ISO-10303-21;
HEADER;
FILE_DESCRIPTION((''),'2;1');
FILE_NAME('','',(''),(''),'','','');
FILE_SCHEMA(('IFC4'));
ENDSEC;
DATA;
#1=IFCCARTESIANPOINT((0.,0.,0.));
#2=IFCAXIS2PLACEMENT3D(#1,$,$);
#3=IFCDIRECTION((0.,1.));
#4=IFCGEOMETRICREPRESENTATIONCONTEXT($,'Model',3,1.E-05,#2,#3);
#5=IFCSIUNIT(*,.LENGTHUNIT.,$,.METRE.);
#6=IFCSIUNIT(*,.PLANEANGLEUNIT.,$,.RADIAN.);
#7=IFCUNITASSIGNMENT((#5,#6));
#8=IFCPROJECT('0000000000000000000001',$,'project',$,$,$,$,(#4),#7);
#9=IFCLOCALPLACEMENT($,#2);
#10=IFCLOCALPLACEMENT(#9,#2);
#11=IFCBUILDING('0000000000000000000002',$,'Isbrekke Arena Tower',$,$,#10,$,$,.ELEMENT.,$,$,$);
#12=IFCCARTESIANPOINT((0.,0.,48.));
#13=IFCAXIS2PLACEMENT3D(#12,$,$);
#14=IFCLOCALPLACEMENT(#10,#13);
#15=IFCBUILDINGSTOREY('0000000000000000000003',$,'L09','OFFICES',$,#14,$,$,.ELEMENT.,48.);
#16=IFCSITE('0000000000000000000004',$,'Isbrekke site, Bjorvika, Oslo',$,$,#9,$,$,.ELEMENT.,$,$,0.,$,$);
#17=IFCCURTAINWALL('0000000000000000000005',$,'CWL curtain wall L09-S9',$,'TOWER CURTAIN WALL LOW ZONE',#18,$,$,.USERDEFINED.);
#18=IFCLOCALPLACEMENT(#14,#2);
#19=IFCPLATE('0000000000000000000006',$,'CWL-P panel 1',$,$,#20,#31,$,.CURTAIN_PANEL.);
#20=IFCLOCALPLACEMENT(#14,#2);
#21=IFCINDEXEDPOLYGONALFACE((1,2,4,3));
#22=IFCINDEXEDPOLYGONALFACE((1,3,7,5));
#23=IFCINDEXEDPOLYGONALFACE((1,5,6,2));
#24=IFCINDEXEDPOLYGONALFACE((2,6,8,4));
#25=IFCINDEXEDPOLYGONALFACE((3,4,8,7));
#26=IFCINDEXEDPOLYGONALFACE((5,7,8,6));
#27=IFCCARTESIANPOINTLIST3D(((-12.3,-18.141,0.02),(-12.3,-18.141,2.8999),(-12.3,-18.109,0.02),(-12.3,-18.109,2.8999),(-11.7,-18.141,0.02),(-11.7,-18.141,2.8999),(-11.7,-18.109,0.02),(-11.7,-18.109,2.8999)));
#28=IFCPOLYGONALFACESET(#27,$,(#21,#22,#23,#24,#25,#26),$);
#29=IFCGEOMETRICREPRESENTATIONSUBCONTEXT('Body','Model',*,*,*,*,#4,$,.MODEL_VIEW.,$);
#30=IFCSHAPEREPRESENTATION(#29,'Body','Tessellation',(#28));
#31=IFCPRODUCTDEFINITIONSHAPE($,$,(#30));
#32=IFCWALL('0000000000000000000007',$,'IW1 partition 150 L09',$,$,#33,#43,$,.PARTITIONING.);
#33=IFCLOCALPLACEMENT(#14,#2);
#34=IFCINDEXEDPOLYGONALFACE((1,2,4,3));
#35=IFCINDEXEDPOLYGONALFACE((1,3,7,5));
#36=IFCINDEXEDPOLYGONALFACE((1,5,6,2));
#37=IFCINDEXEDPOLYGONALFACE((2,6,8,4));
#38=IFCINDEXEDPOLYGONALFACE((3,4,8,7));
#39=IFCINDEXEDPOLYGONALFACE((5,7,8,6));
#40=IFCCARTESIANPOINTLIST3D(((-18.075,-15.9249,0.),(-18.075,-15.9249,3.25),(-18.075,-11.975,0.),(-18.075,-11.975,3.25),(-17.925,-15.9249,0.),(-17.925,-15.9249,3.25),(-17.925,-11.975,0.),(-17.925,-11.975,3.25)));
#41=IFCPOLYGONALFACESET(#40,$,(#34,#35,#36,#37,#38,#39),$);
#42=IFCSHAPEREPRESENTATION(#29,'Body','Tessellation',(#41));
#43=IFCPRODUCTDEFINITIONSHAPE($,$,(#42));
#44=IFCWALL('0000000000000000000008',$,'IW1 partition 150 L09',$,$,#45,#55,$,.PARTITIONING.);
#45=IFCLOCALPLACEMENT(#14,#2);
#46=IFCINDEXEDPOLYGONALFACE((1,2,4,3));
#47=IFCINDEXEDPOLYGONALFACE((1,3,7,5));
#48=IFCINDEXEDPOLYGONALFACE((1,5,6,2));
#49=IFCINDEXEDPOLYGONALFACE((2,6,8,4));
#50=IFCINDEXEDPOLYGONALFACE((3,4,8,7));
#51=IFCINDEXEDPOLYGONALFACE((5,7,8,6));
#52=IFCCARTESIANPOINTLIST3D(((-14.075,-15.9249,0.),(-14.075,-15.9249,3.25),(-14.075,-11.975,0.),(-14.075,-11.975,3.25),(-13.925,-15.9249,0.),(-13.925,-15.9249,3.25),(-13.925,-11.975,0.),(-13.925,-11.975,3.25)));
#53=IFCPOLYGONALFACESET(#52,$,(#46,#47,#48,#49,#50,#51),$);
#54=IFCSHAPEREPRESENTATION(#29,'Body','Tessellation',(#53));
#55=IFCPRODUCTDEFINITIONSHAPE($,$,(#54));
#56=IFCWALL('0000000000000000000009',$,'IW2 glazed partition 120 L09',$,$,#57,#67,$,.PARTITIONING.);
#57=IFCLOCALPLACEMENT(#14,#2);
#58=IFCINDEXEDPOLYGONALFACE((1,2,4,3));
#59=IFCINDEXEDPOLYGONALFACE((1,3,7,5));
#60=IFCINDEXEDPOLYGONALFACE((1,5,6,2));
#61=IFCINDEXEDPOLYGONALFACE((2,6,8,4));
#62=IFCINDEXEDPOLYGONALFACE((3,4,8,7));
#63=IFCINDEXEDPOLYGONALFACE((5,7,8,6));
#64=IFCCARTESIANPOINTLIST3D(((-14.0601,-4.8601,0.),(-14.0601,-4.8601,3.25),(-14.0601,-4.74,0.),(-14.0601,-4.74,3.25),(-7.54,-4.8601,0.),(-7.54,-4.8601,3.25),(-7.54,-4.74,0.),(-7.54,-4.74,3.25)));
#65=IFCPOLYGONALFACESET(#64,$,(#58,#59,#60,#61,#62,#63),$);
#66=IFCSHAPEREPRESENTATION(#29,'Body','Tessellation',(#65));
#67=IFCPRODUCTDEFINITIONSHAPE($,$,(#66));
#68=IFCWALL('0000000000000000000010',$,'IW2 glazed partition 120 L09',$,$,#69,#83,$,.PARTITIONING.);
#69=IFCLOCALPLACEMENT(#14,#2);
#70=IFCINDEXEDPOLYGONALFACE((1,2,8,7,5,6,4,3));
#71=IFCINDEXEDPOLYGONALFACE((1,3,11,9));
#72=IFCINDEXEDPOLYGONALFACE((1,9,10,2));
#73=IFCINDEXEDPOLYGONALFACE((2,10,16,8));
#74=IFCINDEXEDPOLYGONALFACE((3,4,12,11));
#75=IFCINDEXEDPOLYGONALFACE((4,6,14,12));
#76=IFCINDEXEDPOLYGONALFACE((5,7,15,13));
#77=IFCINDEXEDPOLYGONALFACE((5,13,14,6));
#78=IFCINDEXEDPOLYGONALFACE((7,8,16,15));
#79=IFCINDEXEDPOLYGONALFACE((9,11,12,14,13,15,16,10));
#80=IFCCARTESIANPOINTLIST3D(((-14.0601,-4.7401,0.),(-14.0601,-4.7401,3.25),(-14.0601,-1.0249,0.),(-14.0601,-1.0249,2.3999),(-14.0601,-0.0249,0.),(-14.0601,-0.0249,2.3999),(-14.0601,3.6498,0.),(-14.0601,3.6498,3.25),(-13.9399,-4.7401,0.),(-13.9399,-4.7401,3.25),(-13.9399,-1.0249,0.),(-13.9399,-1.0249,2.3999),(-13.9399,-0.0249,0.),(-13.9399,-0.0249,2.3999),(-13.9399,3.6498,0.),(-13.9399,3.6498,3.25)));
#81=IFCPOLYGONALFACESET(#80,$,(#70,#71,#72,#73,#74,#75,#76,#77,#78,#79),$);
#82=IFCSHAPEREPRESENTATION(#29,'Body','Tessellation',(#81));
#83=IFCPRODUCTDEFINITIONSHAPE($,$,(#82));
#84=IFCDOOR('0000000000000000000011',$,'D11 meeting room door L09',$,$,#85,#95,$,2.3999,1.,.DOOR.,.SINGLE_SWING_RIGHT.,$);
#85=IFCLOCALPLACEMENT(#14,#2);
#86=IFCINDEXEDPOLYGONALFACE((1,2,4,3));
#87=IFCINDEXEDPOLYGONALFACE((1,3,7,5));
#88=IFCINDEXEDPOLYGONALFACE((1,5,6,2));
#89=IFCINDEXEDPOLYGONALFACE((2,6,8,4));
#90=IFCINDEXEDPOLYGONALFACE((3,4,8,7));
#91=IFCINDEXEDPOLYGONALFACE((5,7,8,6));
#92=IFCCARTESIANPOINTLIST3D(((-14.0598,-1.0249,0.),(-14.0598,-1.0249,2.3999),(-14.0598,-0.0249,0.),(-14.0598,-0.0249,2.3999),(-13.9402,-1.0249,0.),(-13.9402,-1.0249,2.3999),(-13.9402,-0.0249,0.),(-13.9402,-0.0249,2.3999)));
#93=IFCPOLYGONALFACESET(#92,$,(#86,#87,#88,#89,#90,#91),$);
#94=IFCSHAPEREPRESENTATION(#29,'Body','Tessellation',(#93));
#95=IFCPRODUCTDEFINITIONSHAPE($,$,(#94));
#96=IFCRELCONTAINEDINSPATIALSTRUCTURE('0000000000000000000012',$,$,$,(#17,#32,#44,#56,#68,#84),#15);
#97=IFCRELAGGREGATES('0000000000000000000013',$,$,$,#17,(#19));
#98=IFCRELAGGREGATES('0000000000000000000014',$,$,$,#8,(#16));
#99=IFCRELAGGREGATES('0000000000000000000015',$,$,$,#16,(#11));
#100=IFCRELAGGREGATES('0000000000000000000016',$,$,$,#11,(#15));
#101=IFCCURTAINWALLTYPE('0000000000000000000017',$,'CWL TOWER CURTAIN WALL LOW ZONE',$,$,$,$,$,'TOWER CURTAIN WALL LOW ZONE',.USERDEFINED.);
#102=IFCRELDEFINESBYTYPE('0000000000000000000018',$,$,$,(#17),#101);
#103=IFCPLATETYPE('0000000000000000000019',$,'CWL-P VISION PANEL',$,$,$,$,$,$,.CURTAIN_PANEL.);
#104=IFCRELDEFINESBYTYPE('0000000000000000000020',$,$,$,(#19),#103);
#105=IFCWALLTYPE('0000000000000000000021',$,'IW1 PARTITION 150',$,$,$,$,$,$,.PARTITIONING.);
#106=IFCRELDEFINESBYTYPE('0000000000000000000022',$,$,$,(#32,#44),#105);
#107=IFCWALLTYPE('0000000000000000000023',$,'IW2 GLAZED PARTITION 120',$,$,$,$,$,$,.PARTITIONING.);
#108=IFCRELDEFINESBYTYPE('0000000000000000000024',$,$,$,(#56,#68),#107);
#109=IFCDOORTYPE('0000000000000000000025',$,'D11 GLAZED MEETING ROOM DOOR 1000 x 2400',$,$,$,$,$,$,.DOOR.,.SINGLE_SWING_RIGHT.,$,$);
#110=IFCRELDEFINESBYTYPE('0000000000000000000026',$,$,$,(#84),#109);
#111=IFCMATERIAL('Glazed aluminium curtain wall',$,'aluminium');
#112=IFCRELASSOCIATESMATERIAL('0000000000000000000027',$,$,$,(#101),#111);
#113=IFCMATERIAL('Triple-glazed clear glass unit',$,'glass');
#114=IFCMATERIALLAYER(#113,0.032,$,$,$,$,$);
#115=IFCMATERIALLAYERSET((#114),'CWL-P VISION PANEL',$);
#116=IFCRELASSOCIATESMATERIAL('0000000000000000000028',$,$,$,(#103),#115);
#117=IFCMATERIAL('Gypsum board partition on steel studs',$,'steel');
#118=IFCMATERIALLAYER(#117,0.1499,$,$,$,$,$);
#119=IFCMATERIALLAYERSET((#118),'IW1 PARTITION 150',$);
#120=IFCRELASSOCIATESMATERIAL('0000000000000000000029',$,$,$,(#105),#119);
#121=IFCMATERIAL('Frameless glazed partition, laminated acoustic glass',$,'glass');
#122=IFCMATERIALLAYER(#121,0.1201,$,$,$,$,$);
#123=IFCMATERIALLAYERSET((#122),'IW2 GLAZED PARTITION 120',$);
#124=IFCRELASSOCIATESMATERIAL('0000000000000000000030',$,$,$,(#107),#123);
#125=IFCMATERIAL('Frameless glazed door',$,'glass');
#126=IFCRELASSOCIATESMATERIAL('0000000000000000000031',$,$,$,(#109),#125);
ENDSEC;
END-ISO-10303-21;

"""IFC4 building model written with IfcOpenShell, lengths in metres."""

from ifc_helpers import new_model, si_unit, direction, frame, frame_2d, origin, origin_2d, place, context, subcontext, project, spatial, rectangle, extrude, material, layer, layer_set, type_object, element, fill, aggregate, save


model = new_model("IFC4")

# Units and contexts
model_context = context("Model", 3, precision=1e-05, world=origin(), true_north=direction((0.0, 1.0)))
body_context = subcontext(model_context, "Body", "Model", "MODEL_VIEW")
ifc_project = project(units=[si_unit("LENGTHUNIT", "METRE"), si_unit("PLANEANGLEUNIT", "RADIAN")], contexts=[model_context])

# Site, building, storey
site_placement = place(None, origin())
site = spatial("IfcSite", under=ifc_project, at=site_placement, Name="Isbrekke site, Bjorvika, Oslo", CompositionType="ELEMENT", RefElevation=0.0)
building_placement = place(site_placement, origin())
building = spatial("IfcBuilding", under=site, at=building_placement, Name="Isbrekke Arena Tower", CompositionType="ELEMENT")
storey_placement = place(building_placement, frame((0.0, 0.0, 48.0)))
storey = spatial("IfcBuildingStorey", under=building, at=storey_placement, Name="L09", Description="OFFICES", CompositionType="ELEMENT", Elevation=48.0)

# Curtain wall
ifc_material_1 = material(Name="Glazed aluminium curtain wall", Category="aluminium")
curtain_wall_type = type_object("IfcCurtainWallType", Name="CWL TOWER CURTAIN WALL LOW ZONE", ElementType="TOWER CURTAIN WALL LOW ZONE", PredefinedType="USERDEFINED", material=ifc_material_1)
curtain_wall_1_placement = place(storey_placement, origin())
curtain_wall_1 = element("IfcCurtainWall", 1, at=curtain_wall_1_placement, inside=storey, type_object=curtain_wall_type, Name="CWL curtain wall L09-S9", ObjectType="TOWER CURTAIN WALL LOW ZONE", PredefinedType="USERDEFINED")

# Plate
ifc_material_2 = material(Name="Triple-glazed clear glass unit", Category="glass")
ifc_layer_1 = layer(ifc_material_2, 0.032)
ifc_layer_set_1 = layer_set([ifc_layer_1], Name="CWL-P VISION PANEL")
plate_type = type_object("IfcPlateType", Name="CWL-P VISION PANEL", PredefinedType="CURTAIN_PANEL", material=ifc_layer_set_1)
plate_1_placement = place(storey_placement, frame((-12.0, -18.125, 0.02), z_axis=(0.0, 0.0, 1.0), x_axis=(1.0, 0.0, 0.0)))
plate_1 = element("IfcPlate", 2, at=plate_1_placement, type_object=plate_type, Name="CWL-P panel 1", PredefinedType="CURTAIN_PANEL", context=body_context, shape_type="SweptSolid", body=[
    extrude(rectangle(XDim=0.6001, YDim=0.032, at=origin_2d()), origin(), (0.0, 0.0, 1.0), 2.8799),
])
aggregate(curtain_wall_1, [plate_1])

# Walls
ifc_material_3 = material(Name="Gypsum board partition on steel studs", Category="steel")
ifc_layer_2 = layer(ifc_material_3, 0.1499)
ifc_layer_set_2 = layer_set([ifc_layer_2], Name="IW1 PARTITION 150")
wall_type_1 = type_object("IfcWallType", Name="IW1 PARTITION 150", PredefinedType="PARTITIONING", material=ifc_layer_set_2)
for number, where, z_axis, x_axis, name in (
    (3, (-18.0, -15.925, 0.0), (0.0, 0.0, 1.0), (0.0, 1.0, 0.0), "IW1 partition 150 L09"),
    (4, (-14.0, -15.925, 0.0), (0.0, 0.0, 1.0), (0.0, 1.0, 0.0), "IW1 partition 150 L09"),
):
    element("IfcWall", number, at=place(storey_placement, frame(where, z_axis=z_axis, x_axis=x_axis)), inside=storey, type_object=wall_type_1, Name=name, PredefinedType="PARTITIONING", context=body_context, shape_type="SweptSolid", body=[
        extrude(rectangle(XDim=3.95, YDim=0.1499, at=frame_2d((1.9751, 0.0))), origin(), (0.0, 0.0, 1.0), 3.25),
    ])
ifc_material_4 = material(Name="Frameless glazed partition, laminated acoustic glass", Category="glass")
ifc_layer_3 = layer(ifc_material_4, 0.1201)
ifc_layer_set_3 = layer_set([ifc_layer_3], Name="IW2 GLAZED PARTITION 120")
wall_type_2 = type_object("IfcWallType", Name="IW2 GLAZED PARTITION 120", PredefinedType="PARTITIONING", material=ifc_layer_set_3)
wall_1_placement = place(storey_placement, frame((-14.0601, -4.8, 0.0), z_axis=(0.0, 0.0, 1.0), x_axis=(1.0, 0.0, 0.0)))
element("IfcWall", 5, at=wall_1_placement, inside=storey, type_object=wall_type_2, Name="IW2 glazed partition 120 L09", PredefinedType="PARTITIONING", context=body_context, shape_type="SweptSolid", body=[
    extrude(rectangle(XDim=6.52, YDim=0.1201, at=frame_2d((3.26, 0.0))), origin(), (0.0, 0.0, 1.0), 3.25),
])

# Wall, opening, door
wall_2_placement = place(storey_placement, frame((-14.0, -4.74, 0.0), z_axis=(0.0, 0.0, 1.0), x_axis=(0.0, 1.0, 0.0)))
wall_2 = element("IfcWall", 6, at=wall_2_placement, inside=storey, type_object=wall_type_2, Name="IW2 glazed partition 120 L09", PredefinedType="PARTITIONING", context=body_context, shape_type="SweptSolid", body=[
    extrude(rectangle(XDim=8.3899, YDim=0.1201, at=frame_2d((4.1948, 0.0))), origin(), (0.0, 0.0, 1.0), 3.25),
])
opening_placement = place(wall_2_placement, frame((3.7151, 0.0, 0.0)))
opening = element("IfcOpeningElement", 7, at=opening_placement, cuts=wall_2, PredefinedType="OPENING", context=body_context, shape_type="SweptSolid", body=[
    extrude(rectangle(XDim=1.0, YDim=2.3999, at=frame_2d((0.5, 1.2))), frame((0.0, 0.075, 0.0), z_axis=(0.0, -1.0, 0.0), x_axis=(1.0, 0.0, 0.0)), (0.0, 0.0, 1.0), 0.1499),
])
ifc_material_5 = material(Name="Frameless glazed door", Category="glass")
door_type = type_object("IfcDoorType", Name="D11 GLAZED MEETING ROOM DOOR 1000 x 2400", OperationType="SINGLE_SWING_RIGHT", PredefinedType="DOOR", material=ifc_material_5)
door_placement = place(opening_placement, origin())
door = element("IfcDoor", 8, at=door_placement, inside=storey, type_object=door_type, Name="D11 meeting room door L09", OperationType="SINGLE_SWING_RIGHT", OverallHeight=2.3999, OverallWidth=1.0, PredefinedType="DOOR", context=body_context, shape_type="SweptSolid", body=[
    extrude(rectangle(XDim=1.0, YDim=2.3999, at=frame_2d((0.5, 1.2))), frame((0.0, 0.0598, 0.0), z_axis=(0.0, -1.0, 0.0), x_axis=(1.0, 0.0, 0.0)), (0.0, 0.0, 1.0), 0.1196),
])
fill(opening, door)

save(model, "model.ifc")
